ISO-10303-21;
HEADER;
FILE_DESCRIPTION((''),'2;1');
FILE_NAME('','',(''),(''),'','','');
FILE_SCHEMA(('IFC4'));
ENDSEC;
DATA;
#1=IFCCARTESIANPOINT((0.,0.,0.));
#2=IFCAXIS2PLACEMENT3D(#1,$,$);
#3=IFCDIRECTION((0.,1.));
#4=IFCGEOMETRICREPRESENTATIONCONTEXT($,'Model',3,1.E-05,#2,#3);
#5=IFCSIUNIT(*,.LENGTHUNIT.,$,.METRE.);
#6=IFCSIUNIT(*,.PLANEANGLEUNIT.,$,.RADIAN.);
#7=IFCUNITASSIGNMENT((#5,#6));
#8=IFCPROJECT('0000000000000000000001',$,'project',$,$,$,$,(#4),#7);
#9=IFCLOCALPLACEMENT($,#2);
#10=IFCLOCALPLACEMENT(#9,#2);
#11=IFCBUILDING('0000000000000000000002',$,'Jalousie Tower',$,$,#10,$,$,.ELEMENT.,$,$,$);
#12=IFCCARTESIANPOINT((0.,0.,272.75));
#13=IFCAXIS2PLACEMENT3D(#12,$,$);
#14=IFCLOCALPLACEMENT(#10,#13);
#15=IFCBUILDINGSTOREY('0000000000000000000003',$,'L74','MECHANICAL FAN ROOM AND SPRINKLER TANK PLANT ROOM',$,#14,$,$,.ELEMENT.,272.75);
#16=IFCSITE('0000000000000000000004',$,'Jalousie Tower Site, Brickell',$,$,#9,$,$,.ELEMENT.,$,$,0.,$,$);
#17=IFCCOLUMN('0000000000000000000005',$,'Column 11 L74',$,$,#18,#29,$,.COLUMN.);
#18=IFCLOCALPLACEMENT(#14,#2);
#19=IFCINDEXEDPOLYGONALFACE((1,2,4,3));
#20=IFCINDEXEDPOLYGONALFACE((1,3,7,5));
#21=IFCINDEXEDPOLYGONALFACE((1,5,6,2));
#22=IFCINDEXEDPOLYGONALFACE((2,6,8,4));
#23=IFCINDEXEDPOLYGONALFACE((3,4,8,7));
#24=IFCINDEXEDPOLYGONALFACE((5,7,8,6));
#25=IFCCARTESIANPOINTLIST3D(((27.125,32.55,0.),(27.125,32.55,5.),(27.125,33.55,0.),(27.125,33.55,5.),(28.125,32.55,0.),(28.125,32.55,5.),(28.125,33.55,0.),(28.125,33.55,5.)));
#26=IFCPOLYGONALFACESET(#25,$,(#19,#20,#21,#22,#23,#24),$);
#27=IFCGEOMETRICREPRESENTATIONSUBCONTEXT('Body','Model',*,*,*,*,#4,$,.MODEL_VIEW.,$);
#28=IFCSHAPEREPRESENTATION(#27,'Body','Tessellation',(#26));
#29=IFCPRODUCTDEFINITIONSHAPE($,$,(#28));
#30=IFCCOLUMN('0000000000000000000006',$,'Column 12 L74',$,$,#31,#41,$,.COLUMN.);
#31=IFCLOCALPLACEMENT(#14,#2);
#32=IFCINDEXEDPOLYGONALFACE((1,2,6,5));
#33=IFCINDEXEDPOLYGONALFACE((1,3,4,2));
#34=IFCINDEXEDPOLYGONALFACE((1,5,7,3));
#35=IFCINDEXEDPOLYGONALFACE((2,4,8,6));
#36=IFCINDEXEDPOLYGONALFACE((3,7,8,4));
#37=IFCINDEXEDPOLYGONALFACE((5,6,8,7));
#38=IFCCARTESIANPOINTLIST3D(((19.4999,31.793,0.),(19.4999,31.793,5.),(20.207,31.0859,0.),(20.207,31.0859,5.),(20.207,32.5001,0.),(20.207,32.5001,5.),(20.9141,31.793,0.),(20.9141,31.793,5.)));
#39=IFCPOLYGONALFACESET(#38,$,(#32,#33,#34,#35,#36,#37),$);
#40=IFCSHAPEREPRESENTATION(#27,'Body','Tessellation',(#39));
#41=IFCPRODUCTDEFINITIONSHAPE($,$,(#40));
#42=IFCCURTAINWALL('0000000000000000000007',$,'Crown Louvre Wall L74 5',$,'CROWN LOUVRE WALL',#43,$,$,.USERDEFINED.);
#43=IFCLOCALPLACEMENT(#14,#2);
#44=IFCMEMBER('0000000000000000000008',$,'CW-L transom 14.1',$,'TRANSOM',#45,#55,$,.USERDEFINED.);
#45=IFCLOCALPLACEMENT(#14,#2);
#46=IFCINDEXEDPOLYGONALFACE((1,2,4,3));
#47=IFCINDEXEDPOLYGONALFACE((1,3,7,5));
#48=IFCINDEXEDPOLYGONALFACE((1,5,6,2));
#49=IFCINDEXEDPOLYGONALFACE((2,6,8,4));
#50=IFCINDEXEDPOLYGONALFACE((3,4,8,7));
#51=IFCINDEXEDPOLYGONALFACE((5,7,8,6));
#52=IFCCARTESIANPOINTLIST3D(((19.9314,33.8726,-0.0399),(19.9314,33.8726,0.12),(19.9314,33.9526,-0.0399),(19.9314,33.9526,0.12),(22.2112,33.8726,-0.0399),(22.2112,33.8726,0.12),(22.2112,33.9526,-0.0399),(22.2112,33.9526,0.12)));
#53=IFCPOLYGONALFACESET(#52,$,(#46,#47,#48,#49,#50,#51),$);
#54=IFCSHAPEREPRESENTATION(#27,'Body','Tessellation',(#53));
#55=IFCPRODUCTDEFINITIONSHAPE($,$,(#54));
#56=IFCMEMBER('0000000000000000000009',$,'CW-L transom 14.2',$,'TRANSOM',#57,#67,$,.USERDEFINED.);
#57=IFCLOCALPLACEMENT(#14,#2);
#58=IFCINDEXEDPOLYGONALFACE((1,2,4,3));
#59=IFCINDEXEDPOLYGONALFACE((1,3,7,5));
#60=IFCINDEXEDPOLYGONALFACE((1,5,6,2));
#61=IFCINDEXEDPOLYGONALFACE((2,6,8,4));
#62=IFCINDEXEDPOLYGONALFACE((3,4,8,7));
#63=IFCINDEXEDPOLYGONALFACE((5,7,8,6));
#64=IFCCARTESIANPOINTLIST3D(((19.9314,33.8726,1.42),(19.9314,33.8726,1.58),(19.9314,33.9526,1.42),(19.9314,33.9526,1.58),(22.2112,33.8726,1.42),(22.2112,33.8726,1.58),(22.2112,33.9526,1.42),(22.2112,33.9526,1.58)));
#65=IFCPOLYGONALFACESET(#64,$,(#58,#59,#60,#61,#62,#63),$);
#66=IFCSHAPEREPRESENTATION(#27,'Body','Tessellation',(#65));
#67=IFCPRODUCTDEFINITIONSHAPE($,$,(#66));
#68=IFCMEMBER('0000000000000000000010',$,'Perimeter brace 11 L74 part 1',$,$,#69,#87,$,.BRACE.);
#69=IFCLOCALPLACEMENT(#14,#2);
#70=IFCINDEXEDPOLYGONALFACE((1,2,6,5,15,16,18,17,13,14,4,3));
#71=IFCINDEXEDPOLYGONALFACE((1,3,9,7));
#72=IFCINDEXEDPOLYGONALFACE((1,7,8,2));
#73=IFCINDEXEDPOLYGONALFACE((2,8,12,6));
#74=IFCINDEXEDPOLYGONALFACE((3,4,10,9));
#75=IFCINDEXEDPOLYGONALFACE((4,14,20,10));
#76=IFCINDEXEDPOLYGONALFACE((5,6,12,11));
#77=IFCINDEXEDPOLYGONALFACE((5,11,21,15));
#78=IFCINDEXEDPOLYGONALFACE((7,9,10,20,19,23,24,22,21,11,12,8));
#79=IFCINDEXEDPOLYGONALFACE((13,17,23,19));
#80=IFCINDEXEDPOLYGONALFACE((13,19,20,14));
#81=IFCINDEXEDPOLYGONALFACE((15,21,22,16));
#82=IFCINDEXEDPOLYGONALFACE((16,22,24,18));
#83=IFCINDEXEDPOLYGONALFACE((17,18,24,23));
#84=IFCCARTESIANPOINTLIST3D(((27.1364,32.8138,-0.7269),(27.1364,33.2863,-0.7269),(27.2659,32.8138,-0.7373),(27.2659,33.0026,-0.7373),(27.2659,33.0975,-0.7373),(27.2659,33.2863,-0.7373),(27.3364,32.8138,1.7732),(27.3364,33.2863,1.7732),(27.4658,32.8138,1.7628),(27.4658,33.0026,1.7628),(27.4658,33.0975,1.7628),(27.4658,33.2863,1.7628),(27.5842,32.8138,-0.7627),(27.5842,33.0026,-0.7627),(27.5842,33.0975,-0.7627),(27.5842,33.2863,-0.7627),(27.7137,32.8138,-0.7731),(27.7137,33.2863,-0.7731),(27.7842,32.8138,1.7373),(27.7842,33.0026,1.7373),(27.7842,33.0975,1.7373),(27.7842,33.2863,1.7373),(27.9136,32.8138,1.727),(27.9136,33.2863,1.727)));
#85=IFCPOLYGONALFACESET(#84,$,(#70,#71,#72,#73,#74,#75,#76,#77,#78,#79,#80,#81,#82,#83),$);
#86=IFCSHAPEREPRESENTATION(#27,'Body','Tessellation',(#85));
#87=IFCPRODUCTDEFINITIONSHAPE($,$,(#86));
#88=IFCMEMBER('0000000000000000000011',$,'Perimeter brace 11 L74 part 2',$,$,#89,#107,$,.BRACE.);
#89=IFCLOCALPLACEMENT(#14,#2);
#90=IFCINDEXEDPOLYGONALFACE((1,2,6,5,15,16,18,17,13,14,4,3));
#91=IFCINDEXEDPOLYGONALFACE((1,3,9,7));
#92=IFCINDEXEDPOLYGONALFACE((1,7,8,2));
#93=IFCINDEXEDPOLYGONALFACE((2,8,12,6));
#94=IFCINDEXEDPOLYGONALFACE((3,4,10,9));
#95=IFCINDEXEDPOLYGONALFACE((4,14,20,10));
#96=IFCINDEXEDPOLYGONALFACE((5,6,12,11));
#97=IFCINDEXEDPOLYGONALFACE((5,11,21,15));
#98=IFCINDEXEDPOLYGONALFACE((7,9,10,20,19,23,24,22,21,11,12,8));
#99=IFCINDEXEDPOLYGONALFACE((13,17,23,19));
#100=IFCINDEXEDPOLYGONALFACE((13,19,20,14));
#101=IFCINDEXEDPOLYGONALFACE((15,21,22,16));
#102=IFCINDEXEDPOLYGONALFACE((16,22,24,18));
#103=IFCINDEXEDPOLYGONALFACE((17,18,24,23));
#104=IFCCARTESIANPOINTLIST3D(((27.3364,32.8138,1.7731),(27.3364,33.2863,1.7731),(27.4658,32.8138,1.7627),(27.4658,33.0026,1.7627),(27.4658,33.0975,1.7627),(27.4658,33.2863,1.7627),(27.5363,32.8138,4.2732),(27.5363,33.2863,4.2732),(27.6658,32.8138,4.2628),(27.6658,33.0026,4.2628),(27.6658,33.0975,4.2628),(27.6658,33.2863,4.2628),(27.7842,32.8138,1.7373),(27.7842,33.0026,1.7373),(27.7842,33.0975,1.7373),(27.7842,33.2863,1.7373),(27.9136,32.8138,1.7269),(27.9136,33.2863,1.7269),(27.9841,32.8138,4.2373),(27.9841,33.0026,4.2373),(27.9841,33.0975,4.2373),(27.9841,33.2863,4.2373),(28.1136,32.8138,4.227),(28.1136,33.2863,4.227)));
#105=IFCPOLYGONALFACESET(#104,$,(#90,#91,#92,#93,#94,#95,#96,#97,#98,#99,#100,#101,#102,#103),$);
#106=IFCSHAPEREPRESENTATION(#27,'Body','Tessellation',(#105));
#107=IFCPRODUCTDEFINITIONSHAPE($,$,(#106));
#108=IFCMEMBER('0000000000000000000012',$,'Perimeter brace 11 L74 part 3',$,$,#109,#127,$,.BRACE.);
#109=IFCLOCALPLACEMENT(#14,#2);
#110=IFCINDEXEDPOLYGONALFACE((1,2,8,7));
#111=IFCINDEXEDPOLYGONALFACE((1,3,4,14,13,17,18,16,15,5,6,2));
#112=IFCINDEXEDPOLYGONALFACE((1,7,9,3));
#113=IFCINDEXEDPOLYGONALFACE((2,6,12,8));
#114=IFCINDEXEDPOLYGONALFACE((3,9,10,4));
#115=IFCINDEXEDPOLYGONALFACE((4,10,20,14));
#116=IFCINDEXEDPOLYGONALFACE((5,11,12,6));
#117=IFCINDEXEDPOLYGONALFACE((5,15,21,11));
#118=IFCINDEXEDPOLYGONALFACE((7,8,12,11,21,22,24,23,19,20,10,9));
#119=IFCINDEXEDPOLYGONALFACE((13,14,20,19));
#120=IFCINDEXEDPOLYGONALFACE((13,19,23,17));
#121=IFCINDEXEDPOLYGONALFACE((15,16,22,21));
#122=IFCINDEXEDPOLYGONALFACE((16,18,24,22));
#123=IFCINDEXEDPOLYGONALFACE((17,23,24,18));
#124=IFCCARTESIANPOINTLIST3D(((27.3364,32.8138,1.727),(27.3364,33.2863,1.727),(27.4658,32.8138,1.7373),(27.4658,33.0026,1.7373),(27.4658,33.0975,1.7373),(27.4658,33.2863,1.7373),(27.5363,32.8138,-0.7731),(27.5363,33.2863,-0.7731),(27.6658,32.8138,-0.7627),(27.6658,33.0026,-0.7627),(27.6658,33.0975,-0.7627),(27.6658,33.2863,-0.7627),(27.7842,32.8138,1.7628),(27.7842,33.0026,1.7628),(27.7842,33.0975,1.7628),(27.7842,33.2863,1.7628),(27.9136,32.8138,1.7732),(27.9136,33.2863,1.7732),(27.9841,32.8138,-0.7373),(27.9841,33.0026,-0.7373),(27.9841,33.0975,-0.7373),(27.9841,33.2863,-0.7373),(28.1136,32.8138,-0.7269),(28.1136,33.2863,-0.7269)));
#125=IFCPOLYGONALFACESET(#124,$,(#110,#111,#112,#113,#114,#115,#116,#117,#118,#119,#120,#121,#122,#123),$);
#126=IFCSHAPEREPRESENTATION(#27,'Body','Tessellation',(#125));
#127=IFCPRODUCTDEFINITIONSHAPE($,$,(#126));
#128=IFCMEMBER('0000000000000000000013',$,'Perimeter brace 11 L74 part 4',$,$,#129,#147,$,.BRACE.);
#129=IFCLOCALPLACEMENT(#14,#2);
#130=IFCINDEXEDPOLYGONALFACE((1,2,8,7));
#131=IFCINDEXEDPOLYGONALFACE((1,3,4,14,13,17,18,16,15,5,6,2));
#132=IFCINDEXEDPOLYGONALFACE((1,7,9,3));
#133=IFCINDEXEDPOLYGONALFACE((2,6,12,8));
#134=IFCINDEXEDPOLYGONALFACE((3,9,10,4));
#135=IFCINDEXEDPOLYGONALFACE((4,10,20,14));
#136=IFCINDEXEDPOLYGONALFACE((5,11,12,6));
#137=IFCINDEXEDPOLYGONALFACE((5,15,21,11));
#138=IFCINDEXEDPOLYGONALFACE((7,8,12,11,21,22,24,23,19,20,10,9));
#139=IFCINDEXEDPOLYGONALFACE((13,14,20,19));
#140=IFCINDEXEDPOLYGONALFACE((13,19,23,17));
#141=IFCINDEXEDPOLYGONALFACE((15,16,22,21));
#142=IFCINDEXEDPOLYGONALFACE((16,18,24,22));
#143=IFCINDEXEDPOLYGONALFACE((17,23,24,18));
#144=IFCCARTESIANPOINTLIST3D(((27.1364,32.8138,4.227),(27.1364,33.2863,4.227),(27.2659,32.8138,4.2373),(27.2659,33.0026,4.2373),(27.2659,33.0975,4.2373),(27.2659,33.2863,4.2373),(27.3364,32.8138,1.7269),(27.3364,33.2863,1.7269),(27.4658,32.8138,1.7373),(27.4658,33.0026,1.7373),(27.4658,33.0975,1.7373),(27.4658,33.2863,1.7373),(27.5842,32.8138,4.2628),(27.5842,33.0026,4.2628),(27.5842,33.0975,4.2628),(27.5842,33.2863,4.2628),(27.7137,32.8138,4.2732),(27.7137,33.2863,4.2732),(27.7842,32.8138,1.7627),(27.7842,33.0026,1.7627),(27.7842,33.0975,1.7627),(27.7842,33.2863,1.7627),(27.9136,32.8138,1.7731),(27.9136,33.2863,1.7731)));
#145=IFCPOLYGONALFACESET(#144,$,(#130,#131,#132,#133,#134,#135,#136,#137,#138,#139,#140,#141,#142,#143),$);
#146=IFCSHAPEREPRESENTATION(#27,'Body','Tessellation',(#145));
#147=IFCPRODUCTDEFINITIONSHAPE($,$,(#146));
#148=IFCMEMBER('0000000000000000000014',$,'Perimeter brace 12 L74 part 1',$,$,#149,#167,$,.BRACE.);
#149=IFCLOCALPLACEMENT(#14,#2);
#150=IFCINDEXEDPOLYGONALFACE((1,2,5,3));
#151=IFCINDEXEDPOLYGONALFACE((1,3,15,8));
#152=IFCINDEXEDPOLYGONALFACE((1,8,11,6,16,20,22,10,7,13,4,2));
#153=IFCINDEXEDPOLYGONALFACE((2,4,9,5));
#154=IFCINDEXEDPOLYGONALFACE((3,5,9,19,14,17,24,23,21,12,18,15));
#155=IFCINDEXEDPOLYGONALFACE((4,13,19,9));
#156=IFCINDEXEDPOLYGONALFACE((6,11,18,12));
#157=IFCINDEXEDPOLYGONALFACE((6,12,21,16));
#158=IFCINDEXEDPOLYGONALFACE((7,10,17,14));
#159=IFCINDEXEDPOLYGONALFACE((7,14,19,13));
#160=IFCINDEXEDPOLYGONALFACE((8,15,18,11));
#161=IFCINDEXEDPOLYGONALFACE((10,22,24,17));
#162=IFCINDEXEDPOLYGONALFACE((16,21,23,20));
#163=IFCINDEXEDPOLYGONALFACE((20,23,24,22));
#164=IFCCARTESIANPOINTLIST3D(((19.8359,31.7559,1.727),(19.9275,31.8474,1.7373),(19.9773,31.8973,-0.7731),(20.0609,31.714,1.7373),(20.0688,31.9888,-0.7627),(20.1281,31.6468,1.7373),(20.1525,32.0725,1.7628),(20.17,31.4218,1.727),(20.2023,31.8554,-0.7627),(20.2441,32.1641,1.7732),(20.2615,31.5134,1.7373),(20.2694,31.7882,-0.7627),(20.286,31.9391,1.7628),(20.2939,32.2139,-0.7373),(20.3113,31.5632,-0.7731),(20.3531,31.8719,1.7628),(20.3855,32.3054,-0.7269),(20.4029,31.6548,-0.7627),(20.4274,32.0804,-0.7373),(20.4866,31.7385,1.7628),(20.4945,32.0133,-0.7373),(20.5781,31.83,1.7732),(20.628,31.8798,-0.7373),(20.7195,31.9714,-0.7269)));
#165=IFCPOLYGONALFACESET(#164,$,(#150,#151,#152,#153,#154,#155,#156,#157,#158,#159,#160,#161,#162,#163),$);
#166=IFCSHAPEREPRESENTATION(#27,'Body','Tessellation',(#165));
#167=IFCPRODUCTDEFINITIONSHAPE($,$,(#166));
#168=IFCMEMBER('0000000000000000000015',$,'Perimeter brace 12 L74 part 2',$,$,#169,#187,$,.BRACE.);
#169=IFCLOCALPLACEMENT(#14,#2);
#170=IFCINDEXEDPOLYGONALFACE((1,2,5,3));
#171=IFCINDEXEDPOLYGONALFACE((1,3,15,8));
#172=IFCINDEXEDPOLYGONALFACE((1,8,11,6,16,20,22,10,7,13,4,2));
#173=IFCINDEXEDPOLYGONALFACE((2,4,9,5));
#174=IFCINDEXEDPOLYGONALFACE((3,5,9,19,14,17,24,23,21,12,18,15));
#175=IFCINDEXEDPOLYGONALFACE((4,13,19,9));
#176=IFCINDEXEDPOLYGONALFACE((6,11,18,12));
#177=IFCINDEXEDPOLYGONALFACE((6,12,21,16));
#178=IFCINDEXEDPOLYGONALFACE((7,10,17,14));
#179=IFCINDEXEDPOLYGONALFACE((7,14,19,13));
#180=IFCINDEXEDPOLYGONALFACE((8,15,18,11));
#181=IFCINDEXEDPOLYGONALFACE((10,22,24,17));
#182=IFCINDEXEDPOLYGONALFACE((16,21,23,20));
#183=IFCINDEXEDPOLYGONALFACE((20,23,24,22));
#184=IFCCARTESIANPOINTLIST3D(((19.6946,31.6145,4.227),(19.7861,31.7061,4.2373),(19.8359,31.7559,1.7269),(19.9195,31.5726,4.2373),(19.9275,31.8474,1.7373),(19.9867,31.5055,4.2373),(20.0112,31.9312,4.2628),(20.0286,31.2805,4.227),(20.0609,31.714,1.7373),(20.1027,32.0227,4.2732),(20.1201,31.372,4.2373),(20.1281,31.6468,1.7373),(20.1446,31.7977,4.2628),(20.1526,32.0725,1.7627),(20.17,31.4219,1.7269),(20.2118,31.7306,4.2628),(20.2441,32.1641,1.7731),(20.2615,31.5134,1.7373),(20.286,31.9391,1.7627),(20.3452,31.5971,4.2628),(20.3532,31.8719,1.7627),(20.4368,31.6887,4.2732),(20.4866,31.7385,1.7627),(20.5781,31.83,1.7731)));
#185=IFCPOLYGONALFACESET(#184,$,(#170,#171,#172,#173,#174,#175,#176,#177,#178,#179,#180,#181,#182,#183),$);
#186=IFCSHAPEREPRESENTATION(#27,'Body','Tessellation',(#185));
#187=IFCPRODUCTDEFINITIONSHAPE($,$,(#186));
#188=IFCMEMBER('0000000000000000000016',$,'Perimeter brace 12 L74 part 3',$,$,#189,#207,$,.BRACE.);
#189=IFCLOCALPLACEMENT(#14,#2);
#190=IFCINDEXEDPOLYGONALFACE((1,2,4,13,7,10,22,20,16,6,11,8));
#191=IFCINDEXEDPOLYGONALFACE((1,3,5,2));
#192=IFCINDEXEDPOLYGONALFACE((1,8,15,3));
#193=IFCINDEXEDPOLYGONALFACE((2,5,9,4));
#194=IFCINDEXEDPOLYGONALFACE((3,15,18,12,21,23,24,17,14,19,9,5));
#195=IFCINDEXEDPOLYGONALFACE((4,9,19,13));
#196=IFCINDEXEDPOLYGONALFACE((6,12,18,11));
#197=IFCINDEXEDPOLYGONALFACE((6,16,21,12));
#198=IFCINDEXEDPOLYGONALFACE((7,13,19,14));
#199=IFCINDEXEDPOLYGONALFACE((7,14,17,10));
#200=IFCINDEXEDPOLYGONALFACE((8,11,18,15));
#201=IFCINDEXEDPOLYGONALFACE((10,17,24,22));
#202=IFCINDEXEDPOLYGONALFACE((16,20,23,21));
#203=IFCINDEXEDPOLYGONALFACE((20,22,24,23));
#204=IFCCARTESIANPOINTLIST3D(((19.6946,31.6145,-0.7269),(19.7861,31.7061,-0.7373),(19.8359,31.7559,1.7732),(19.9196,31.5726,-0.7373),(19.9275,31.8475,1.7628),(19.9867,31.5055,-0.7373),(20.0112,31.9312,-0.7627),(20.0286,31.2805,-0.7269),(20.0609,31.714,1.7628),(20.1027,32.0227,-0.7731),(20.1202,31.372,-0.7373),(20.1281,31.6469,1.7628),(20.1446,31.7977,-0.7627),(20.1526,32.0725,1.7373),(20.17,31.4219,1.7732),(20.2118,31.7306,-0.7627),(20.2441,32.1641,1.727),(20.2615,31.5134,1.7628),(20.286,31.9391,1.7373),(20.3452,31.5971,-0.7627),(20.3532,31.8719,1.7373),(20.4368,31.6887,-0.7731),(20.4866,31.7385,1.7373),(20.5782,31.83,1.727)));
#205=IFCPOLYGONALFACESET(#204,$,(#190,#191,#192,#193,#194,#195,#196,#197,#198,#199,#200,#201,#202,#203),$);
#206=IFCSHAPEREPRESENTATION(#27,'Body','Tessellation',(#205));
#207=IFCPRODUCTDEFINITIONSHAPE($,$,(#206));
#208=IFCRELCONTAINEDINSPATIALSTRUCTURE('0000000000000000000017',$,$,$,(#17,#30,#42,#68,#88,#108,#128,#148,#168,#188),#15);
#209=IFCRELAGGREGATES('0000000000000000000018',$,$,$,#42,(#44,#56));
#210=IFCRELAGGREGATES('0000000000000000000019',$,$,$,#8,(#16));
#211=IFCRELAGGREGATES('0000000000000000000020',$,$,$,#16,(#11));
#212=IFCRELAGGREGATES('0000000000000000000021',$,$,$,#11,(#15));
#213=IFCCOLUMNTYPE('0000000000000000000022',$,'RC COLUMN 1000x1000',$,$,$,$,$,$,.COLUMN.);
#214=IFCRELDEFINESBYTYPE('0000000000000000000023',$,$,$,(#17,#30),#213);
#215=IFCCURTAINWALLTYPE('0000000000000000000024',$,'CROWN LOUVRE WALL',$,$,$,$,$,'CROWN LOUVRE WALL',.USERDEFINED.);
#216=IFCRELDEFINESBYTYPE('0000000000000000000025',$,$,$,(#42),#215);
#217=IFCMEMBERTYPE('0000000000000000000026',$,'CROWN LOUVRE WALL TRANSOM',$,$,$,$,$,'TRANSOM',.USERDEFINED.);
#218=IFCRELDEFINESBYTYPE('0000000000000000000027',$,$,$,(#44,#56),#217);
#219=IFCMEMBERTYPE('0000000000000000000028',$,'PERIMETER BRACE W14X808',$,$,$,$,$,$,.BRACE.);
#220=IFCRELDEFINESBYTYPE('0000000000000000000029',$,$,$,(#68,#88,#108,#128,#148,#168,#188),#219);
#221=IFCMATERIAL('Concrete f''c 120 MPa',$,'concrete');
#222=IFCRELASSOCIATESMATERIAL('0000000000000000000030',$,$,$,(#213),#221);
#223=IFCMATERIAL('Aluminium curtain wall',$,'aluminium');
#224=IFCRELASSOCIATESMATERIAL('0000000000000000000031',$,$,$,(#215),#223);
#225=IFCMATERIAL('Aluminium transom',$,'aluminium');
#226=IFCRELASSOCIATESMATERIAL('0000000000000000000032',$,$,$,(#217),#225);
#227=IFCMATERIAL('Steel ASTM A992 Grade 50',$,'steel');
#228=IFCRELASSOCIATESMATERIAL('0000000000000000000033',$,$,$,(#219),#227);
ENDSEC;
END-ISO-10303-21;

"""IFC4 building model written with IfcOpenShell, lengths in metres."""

from ifc_helpers import new_model, si_unit, direction, frame, origin, origin_2d, place, context, subcontext, project, spatial, rectangle, i_section, extrude, material, material_profile, profile_set, type_object, element, aggregate, save


model = new_model("IFC4")

# Units and contexts
model_context = context("Model", 3, precision=1e-05, world=origin(), true_north=direction((0.0, 1.0)))
body_context = subcontext(model_context, "Body", "Model", "MODEL_VIEW")
ifc_project = project(units=[si_unit("LENGTHUNIT", "METRE"), si_unit("PLANEANGLEUNIT", "RADIAN")], contexts=[model_context])

# Site, building, storey
site_placement = place(None, origin())
site = spatial("IfcSite", under=ifc_project, at=site_placement, Name="Jalousie Tower Site, Brickell", CompositionType="ELEMENT", RefElevation=0.0)
building_placement = place(site_placement, origin())
building = spatial("IfcBuilding", under=site, at=building_placement, Name="Jalousie Tower", CompositionType="ELEMENT")
storey_placement = place(building_placement, frame((0.0, 0.0, 272.75)))
storey = spatial("IfcBuildingStorey", under=building, at=storey_placement, Name="L74", Description="MECHANICAL FAN ROOM AND SPRINKLER TANK PLANT ROOM", CompositionType="ELEMENT", Elevation=272.75)

# Columns
ifc_material_1 = material(Name="Concrete f'c 120 MPa", Category="concrete")
ifc_material_profile_1 = material_profile(ifc_material_1, rectangle(XDim=1.0, YDim=1.0, at=origin_2d()), Name="RC 1000x1000")
ifc_profile_set_1 = profile_set([ifc_material_profile_1], Name="Concrete f'c 120 MPa")
column_type = type_object("IfcColumnType", Name="RC COLUMN 1000x1000", PredefinedType="COLUMN", material=ifc_profile_set_1)
for number, where, z_axis, x_axis, name in (
    (1, (27.625, 33.05, 0.0), (0.0, 0.0, 1.0), (1.0, 0.0, 0.0), "Column 11 L74"),
    (2, (20.207, 31.793, 0.0), (0.0, 0.0, 1.0), (0.707107, 0.707107, 0.0), "Column 12 L74"),
):
    element("IfcColumn", number, at=place(storey_placement, frame(where, z_axis=z_axis, x_axis=x_axis)), inside=storey, type_object=column_type, Name=name, PredefinedType="COLUMN", context=body_context, shape_type="SweptSolid", body=[
        extrude(rectangle(XDim=1.0, YDim=1.0, at=origin_2d()), origin(), (0.0, 0.0, 1.0), 5.0),
    ])

# Curtain wall, members
ifc_material_2 = material(Name="Aluminium curtain wall", Category="aluminium")
curtain_wall_type = type_object("IfcCurtainWallType", Name="CROWN LOUVRE WALL", ElementType="CROWN LOUVRE WALL", PredefinedType="USERDEFINED", material=ifc_material_2)
curtain_wall_placement = place(storey_placement, origin())
curtain_wall = element("IfcCurtainWall", 3, at=curtain_wall_placement, inside=storey, type_object=curtain_wall_type, Name="Crown Louvre Wall L74 5", ObjectType="CROWN LOUVRE WALL", PredefinedType="USERDEFINED")
ifc_material_3 = material(Name="Aluminium transom", Category="aluminium")
ifc_material_profile_2 = material_profile(ifc_material_3, rectangle(XDim=0.0801, YDim=0.1599, at=origin_2d()), Name="TRANSOM 80x160")
ifc_profile_set_2 = profile_set([ifc_material_profile_2], Name="Aluminium transom")
member_type_1 = type_object("IfcMemberType", Name="CROWN LOUVRE WALL TRANSOM", ElementType="TRANSOM", PredefinedType="USERDEFINED", material=ifc_profile_set_2)
member_1_placement = place(storey_placement, frame((22.2112, 33.9126, 0.04), z_axis=(-1.0, 0.0, 0.0), x_axis=(0.0, -1.0, 0.0)))
member_1 = element("IfcMember", 4, at=member_1_placement, type_object=member_type_1, Name="CW-L transom 14.1", ObjectType="TRANSOM", PredefinedType="USERDEFINED", context=body_context, shape_type="SweptSolid", body=[
    extrude(rectangle(XDim=0.0801, YDim=0.1599, at=origin_2d()), origin(), (0.0, 0.0, 1.0), 2.2798),
])
member_2_placement = place(storey_placement, frame((22.2112, 33.9126, 1.5), z_axis=(-1.0, 0.0, 0.0), x_axis=(0.0, -1.0, 0.0)))
member_2 = element("IfcMember", 5, at=member_2_placement, type_object=member_type_1, Name="CW-L transom 14.2", ObjectType="TRANSOM", PredefinedType="USERDEFINED", context=body_context, shape_type="SweptSolid", body=[
    extrude(rectangle(XDim=0.0801, YDim=0.1599, at=origin_2d()), origin(), (0.0, 0.0, 1.0), 2.2798),
])

# Members
ifc_material_4 = material(Name="Steel ASTM A992 Grade 50", Category="steel")
ifc_material_profile_3 = material_profile(ifc_material_4, i_section(OverallWidth=0.4724, OverallDepth=0.5791, WebThickness=0.095, FlangeThickness=0.1299, at=origin_2d()), Name="W14X808")
ifc_profile_set_3 = profile_set([ifc_material_profile_3], Name="Steel ASTM A992 Grade 50")
member_type_2 = type_object("IfcMemberType", Name="PERIMETER BRACE W14X808", PredefinedType="BRACE", material=ifc_profile_set_3)
for number, where, z_axis, x_axis, name in (
    (6, (27.425, 33.05, -0.75), (0.079726, 0.0, 0.996817), (0.0, 1.0, 0.0), "Perimeter brace 11 L74 part 1"),
    (7, (27.625, 33.05, 1.75), (0.079726, 0.0, 0.996817), (0.0, 1.0, 0.0), "Perimeter brace 11 L74 part 2"),
    (8, (27.825, 33.05, -0.75), (-0.079726, 0.0, 0.996817), (0.0, -1.0, 0.0), "Perimeter brace 11 L74 part 3"),
    (9, (27.625, 33.05, 1.75), (-0.079726, 0.0, 0.996817), (0.0, -1.0, 0.0), "Perimeter brace 11 L74 part 4"),
    (10, (20.3484, 31.9343, -0.75), (-0.056363, -0.056363, 0.996818), (0.707107, -0.707107, 0.0), "Perimeter brace 12 L74 part 1"),
    (11, (20.207, 31.793, 1.75), (-0.056363, -0.056363, 0.996818), (0.707107, -0.707107, 0.0), "Perimeter brace 12 L74 part 2"),
    (12, (20.0657, 31.6516, -0.75), (0.056363, 0.056363, 0.996818), (-0.707107, 0.707107, 0.0), "Perimeter brace 12 L74 part 3"),
):
    element("IfcMember", number, at=place(storey_placement, frame(where, z_axis=z_axis, x_axis=x_axis)), inside=storey, type_object=member_type_2, Name=name, PredefinedType="BRACE", context=body_context, shape_type="SweptSolid", body=[
        extrude(i_section(OverallWidth=0.4724, OverallDepth=0.5791, WebThickness=0.095, FlangeThickness=0.1299, at=origin_2d()), origin(), (0.0, 0.0, 1.0), 2.5081),
    ])

aggregate(curtain_wall, [member_1, member_2])

save(model, "model.ifc")
